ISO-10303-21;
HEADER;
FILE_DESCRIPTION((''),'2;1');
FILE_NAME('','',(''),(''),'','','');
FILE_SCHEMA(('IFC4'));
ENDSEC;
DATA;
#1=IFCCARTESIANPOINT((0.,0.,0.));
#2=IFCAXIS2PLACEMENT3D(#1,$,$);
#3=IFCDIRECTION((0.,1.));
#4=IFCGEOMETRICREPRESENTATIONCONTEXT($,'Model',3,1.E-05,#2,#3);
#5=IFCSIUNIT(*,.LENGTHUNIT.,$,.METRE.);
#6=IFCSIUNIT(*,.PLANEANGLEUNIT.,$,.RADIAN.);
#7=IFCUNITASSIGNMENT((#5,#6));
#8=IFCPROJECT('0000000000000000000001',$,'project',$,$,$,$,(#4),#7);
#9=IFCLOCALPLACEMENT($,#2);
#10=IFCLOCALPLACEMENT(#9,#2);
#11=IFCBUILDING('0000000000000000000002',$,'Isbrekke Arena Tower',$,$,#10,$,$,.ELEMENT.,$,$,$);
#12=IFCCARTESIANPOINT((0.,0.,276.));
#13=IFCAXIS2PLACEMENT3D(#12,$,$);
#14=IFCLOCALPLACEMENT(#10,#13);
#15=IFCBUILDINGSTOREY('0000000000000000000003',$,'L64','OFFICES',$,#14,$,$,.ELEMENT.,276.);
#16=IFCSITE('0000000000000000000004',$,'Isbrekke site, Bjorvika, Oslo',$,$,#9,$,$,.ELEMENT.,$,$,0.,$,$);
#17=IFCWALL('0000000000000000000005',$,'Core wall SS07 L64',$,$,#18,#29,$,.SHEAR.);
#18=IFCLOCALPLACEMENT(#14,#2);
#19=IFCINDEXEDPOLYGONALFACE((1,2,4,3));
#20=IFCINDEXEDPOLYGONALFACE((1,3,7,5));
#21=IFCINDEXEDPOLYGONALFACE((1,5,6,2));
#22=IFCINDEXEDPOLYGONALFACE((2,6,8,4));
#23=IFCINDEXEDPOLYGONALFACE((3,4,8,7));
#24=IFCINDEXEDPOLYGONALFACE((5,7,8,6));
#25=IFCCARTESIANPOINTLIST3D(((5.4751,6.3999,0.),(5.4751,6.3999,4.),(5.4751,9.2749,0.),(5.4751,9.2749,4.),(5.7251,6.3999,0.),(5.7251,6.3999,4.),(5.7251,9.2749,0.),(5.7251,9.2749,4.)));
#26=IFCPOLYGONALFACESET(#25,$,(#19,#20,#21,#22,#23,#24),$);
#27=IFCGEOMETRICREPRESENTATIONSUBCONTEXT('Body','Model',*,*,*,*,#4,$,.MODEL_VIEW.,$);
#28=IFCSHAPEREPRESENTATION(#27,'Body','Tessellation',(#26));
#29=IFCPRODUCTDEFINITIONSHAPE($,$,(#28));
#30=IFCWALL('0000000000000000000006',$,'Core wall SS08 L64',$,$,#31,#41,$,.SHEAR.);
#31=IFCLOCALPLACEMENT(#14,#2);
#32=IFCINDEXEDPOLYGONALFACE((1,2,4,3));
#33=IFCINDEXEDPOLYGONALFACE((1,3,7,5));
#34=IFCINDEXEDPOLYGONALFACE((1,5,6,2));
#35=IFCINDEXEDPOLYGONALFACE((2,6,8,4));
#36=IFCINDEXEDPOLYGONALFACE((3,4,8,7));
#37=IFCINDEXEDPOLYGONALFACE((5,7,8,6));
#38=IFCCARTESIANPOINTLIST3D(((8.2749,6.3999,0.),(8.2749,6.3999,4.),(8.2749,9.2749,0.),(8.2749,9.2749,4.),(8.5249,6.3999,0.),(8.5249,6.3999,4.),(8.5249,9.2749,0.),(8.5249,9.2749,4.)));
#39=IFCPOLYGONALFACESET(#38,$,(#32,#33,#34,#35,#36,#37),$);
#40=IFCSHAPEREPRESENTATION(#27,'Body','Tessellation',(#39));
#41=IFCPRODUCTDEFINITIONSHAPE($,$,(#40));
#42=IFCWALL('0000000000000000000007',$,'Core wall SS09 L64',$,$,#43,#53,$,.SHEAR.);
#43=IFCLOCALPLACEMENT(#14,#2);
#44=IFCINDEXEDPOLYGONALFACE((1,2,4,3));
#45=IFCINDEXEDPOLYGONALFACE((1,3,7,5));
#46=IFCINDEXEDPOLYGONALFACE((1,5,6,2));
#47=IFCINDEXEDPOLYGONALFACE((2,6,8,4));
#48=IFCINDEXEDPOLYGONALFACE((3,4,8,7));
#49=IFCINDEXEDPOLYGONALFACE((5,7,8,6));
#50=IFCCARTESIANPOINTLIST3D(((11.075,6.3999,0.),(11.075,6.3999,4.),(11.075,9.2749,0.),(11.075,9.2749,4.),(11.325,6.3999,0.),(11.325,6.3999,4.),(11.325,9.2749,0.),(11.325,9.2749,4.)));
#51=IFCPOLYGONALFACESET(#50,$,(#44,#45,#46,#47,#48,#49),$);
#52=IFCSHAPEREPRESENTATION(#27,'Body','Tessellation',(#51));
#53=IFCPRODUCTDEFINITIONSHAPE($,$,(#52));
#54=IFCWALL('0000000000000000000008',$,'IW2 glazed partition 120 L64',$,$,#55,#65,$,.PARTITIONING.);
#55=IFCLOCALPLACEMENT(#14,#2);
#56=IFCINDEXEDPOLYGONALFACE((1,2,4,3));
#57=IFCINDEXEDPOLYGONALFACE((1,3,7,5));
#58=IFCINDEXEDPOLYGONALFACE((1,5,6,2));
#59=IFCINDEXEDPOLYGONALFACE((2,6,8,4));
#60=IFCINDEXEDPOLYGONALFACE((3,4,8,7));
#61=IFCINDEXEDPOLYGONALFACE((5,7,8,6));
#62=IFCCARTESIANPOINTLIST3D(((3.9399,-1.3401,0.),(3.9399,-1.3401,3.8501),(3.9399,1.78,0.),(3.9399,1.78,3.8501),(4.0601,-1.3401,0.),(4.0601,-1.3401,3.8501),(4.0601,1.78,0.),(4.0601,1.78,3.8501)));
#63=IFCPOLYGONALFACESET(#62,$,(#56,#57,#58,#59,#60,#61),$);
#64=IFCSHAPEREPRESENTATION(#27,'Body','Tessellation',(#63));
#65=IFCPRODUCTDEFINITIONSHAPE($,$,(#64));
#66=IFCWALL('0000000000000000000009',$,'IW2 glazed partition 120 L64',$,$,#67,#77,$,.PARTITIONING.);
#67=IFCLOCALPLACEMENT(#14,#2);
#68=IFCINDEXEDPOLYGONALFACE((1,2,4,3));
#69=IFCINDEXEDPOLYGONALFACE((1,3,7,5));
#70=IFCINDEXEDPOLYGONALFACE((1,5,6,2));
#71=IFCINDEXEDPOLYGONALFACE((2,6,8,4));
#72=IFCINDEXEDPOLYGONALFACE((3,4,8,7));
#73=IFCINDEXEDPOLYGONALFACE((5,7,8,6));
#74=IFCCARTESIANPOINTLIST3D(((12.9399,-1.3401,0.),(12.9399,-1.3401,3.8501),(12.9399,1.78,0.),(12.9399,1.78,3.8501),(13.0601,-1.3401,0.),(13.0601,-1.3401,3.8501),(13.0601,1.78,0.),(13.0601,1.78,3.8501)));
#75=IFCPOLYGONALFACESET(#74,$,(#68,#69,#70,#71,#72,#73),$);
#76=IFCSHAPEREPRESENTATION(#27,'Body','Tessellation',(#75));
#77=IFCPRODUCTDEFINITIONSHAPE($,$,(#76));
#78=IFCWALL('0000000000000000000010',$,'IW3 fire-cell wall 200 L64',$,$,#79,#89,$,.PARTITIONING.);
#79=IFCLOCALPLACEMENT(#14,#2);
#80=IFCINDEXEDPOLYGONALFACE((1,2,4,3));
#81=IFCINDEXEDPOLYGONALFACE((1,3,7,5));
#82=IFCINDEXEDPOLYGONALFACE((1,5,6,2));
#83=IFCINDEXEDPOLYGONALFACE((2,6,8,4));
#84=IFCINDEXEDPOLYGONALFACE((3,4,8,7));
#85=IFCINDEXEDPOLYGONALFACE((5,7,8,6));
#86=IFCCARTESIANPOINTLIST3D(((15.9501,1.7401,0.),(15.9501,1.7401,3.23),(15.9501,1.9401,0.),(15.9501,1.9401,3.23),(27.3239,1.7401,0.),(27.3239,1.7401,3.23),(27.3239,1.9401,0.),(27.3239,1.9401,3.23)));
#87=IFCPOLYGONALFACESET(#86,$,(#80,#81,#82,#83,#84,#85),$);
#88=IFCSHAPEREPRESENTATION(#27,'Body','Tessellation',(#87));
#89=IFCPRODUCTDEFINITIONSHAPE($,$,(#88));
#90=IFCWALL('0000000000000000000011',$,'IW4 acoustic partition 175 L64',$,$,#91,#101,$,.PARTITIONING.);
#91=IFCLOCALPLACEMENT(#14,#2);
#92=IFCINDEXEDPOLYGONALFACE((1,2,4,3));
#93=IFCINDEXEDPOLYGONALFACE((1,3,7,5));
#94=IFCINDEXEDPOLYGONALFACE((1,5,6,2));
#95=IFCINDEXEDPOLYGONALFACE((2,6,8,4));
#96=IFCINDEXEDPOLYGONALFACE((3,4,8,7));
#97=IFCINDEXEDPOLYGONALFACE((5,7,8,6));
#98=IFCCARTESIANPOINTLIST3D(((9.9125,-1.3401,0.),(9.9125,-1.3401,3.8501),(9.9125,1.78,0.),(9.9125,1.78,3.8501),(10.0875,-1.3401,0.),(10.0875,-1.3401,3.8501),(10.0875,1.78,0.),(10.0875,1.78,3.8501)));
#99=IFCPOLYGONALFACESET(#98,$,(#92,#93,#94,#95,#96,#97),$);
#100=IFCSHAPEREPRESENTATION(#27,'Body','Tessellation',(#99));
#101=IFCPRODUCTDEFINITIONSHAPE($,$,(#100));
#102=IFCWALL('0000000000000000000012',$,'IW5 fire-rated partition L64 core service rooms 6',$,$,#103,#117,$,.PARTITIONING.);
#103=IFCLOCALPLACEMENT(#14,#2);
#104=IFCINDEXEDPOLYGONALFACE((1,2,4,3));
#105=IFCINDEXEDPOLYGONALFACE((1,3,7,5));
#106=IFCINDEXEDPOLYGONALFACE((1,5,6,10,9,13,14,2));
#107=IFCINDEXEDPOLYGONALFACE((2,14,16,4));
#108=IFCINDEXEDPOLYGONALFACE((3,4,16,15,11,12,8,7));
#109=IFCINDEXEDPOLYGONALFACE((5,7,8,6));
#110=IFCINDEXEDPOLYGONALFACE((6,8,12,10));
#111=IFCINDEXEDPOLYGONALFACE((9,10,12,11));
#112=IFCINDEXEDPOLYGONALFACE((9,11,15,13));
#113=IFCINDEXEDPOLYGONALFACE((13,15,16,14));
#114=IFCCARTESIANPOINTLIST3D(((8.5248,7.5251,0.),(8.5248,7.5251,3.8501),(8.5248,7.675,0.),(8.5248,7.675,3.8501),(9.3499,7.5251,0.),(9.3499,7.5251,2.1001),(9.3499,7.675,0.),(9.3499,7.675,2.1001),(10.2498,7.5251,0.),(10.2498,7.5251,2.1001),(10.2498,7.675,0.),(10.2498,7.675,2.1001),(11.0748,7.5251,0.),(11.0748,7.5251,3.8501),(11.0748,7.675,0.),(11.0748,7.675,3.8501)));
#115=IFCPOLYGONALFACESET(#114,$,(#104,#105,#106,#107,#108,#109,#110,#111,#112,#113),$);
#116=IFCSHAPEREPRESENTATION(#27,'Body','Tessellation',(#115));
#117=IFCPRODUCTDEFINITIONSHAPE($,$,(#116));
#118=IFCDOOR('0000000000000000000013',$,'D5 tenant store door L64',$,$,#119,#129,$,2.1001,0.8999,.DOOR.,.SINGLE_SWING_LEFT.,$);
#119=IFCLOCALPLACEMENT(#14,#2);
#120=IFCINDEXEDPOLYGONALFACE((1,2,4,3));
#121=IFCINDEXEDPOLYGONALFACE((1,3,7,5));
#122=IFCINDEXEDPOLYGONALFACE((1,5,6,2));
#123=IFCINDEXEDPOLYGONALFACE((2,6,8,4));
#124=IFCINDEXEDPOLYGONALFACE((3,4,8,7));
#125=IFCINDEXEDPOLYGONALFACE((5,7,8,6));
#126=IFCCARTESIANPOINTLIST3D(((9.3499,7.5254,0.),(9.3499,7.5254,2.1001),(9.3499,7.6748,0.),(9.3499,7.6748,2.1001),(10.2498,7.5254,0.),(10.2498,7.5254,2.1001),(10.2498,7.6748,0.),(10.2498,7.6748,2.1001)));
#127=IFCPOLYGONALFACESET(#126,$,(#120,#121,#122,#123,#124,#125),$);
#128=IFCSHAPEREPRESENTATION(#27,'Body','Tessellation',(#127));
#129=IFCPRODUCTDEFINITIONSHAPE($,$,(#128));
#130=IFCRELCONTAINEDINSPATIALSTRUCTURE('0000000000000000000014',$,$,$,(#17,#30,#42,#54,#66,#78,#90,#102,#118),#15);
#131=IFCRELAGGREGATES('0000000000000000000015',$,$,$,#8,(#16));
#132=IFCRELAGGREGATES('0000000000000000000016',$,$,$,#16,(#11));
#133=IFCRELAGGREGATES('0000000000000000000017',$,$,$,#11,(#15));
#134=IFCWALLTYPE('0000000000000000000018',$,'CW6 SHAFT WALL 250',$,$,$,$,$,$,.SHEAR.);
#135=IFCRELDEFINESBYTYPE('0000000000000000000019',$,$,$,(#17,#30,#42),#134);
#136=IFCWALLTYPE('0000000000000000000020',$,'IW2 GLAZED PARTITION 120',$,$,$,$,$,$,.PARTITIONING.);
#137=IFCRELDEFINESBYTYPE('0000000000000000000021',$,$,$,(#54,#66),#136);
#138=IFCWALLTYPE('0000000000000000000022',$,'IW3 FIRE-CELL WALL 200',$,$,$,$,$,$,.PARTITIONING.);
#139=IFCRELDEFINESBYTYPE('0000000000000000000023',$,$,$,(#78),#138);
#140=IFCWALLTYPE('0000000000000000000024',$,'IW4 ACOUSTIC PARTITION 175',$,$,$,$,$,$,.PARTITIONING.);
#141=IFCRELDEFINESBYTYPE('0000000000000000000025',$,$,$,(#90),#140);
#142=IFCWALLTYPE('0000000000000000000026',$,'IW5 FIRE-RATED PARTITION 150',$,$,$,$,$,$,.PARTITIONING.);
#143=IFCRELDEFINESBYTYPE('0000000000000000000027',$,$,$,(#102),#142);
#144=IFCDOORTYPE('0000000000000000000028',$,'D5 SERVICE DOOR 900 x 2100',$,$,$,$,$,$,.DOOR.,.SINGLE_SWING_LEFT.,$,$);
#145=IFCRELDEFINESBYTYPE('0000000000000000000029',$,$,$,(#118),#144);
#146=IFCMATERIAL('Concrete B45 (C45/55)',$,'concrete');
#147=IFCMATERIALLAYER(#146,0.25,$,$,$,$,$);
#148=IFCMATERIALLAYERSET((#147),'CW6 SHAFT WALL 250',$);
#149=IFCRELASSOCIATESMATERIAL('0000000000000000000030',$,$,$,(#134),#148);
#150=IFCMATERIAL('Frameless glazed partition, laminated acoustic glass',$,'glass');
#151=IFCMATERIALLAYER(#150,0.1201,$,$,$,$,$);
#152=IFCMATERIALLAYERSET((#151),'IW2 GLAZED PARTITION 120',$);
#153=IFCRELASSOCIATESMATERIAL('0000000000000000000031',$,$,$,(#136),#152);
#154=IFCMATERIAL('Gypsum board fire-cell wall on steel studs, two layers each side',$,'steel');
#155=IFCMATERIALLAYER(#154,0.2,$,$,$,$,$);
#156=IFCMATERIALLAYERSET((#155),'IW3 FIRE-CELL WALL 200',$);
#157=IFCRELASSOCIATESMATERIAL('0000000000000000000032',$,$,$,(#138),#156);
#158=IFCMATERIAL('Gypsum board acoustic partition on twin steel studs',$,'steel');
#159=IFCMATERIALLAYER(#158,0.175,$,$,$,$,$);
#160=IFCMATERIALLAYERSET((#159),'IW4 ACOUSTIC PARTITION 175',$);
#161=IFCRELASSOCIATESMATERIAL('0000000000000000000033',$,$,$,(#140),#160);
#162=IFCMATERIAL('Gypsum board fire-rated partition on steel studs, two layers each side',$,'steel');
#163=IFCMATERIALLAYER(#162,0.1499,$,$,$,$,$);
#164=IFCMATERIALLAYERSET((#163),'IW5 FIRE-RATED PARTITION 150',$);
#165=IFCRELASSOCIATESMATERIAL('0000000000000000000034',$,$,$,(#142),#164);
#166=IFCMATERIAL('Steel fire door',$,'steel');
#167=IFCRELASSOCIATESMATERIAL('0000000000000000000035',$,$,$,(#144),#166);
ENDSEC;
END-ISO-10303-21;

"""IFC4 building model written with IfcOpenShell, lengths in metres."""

from ifc_helpers import new_model, si_unit, direction, frame, frame_2d, origin, place, context, subcontext, project, spatial, rectangle, extrude, material, layer, layer_set, type_object, element, fill, save


model = new_model("IFC4")

# Units and contexts
model_context = context("Model", 3, precision=1e-05, world=origin(), true_north=direction((0.0, 1.0)))
body_context = subcontext(model_context, "Body", "Model", "MODEL_VIEW")
ifc_project = project(units=[si_unit("LENGTHUNIT", "METRE"), si_unit("PLANEANGLEUNIT", "RADIAN")], contexts=[model_context])

# Site, building, storey
site_placement = place(None, origin())
site = spatial("IfcSite", under=ifc_project, at=site_placement, Name="Isbrekke site, Bjorvika, Oslo", CompositionType="ELEMENT", RefElevation=0.0)
building_placement = place(site_placement, origin())
building = spatial("IfcBuilding", under=site, at=building_placement, Name="Isbrekke Arena Tower", CompositionType="ELEMENT")
storey_placement = place(building_placement, frame((0.0, 0.0, 276.0)))
storey = spatial("IfcBuildingStorey", under=building, at=storey_placement, Name="L64", Description="OFFICES", CompositionType="ELEMENT", Elevation=276.0)

# Walls
ifc_material_1 = material(Name="Concrete B45 (C45/55)", Category="concrete")
ifc_layer_1 = layer(ifc_material_1, 0.25)
ifc_layer_set_1 = layer_set([ifc_layer_1], Name="CW6 SHAFT WALL 250")
wall_type_1 = type_object("IfcWallType", Name="CW6 SHAFT WALL 250", PredefinedType="SHEAR", material=ifc_layer_set_1)
for number, where, z_axis, x_axis, name in (
    (1, (5.6001, 6.3999, 0.0), (0.0, 0.0, 1.0), (0.0, 1.0, 0.0), "Core wall SS07 L64"),
    (2, (8.3999, 6.3999, 0.0), (0.0, 0.0, 1.0), (0.0, 1.0, 0.0), "Core wall SS08 L64"),
    (3, (11.2, 6.3999, 0.0), (0.0, 0.0, 1.0), (0.0, 1.0, 0.0), "Core wall SS09 L64"),
):
    element("IfcWall", number, at=place(storey_placement, frame(where, z_axis=z_axis, x_axis=x_axis)), inside=storey, type_object=wall_type_1, Name=name, PredefinedType="SHEAR", context=body_context, shape_type="SweptSolid", body=[
        extrude(rectangle(XDim=2.875, YDim=0.25, at=frame_2d((1.4375, 0.0))), origin(), (0.0, 0.0, 1.0), 4.0),
    ])
ifc_material_2 = material(Name="Frameless glazed partition, laminated acoustic glass", Category="glass")
ifc_layer_2 = layer(ifc_material_2, 0.1201)
ifc_layer_set_2 = layer_set([ifc_layer_2], Name="IW2 GLAZED PARTITION 120")
wall_type_2 = type_object("IfcWallType", Name="IW2 GLAZED PARTITION 120", PredefinedType="PARTITIONING", material=ifc_layer_set_2)
for number, where, z_axis, x_axis, name in (
    (4, (4.0, -1.3401, 0.0), (0.0, 0.0, 1.0), (0.0, 1.0, 0.0), "IW2 glazed partition 120 L64"),
    (5, (13.0, -1.3401, 0.0), (0.0, 0.0, 1.0), (0.0, 1.0, 0.0), "IW2 glazed partition 120 L64"),
):
    element("IfcWall", number, at=place(storey_placement, frame(where, z_axis=z_axis, x_axis=x_axis)), inside=storey, type_object=wall_type_2, Name=name, PredefinedType="PARTITIONING", context=body_context, shape_type="SweptSolid", body=[
        extrude(rectangle(XDim=3.1201, YDim=0.1201, at=frame_2d((1.5601, 0.0))), origin(), (0.0, 0.0, 1.0), 3.8501),
    ])
ifc_material_3 = material(Name="Gypsum board fire-cell wall on steel studs, two layers each side", Category="steel")
ifc_layer_3 = layer(ifc_material_3, 0.2)
ifc_layer_set_3 = layer_set([ifc_layer_3], Name="IW3 FIRE-CELL WALL 200")
wall_type_3 = type_object("IfcWallType", Name="IW3 FIRE-CELL WALL 200", PredefinedType="PARTITIONING", material=ifc_layer_set_3)
wall_1_placement = place(storey_placement, frame((15.95, 1.8401, 0.0), z_axis=(0.0, 0.0, 1.0), x_axis=(1.0, 0.0, 0.0)))
element("IfcWall", 6, at=wall_1_placement, inside=storey, type_object=wall_type_3, Name="IW3 fire-cell wall 200 L64", PredefinedType="PARTITIONING", context=body_context, shape_type="SweptSolid", body=[
    extrude(rectangle(XDim=11.3738, YDim=0.2, at=frame_2d((5.687, 0.0))), origin(), (0.0, 0.0, 1.0), 3.23),
])
ifc_material_4 = material(Name="Gypsum board acoustic partition on twin steel studs", Category="steel")
ifc_layer_4 = layer(ifc_material_4, 0.175)
ifc_layer_set_4 = layer_set([ifc_layer_4], Name="IW4 ACOUSTIC PARTITION 175")
wall_type_4 = type_object("IfcWallType", Name="IW4 ACOUSTIC PARTITION 175", PredefinedType="PARTITIONING", material=ifc_layer_set_4)
wall_2_placement = place(storey_placement, frame((10.0, -1.3401, 0.0), z_axis=(0.0, 0.0, 1.0), x_axis=(0.0, 1.0, 0.0)))
element("IfcWall", 7, at=wall_2_placement, inside=storey, type_object=wall_type_4, Name="IW4 acoustic partition 175 L64", PredefinedType="PARTITIONING", context=body_context, shape_type="SweptSolid", body=[
    extrude(rectangle(XDim=3.1201, YDim=0.175, at=frame_2d((1.5601, 0.0))), origin(), (0.0, 0.0, 1.0), 3.8501),
])

# Wall, opening, door
ifc_material_5 = material(Name="Gypsum board fire-rated partition on steel studs, two layers each side", Category="steel")
ifc_layer_5 = layer(ifc_material_5, 0.1499)
ifc_layer_set_5 = layer_set([ifc_layer_5], Name="IW5 FIRE-RATED PARTITION 150")
wall_type_5 = type_object("IfcWallType", Name="IW5 FIRE-RATED PARTITION 150", PredefinedType="PARTITIONING", material=ifc_layer_set_5)
wall_3_placement = place(storey_placement, frame((8.5249, 7.6001, 0.0), z_axis=(0.0, 0.0, 1.0), x_axis=(1.0, 0.0, 0.0)))
wall_3 = element("IfcWall", 8, at=wall_3_placement, inside=storey, type_object=wall_type_5, Name="IW5 fire-rated partition L64 core service rooms 6", PredefinedType="PARTITIONING", context=body_context, shape_type="SweptSolid", body=[
    extrude(rectangle(XDim=2.55, YDim=0.1499, at=frame_2d((1.2749, 0.0))), origin(), (0.0, 0.0, 1.0), 3.8501),
])
opening_1_placement = place(wall_3_placement, frame((0.825, 0.0, 0.0)))
opening_1 = element("IfcOpeningElement", 9, at=opening_1_placement, cuts=wall_3, PredefinedType="OPENING", context=body_context, shape_type="SweptSolid", body=[
    extrude(rectangle(XDim=0.8999, YDim=2.1001, at=frame_2d((0.45, 1.05))), frame((0.0, 0.0898, 0.0), z_axis=(0.0, -1.0, 0.0), x_axis=(1.0, 0.0, 0.0)), (0.0, 0.0, 1.0), 0.1797),
])
ifc_material_6 = material(Name="Steel fire door", Category="steel")
door_type_1 = type_object("IfcDoorType", Name="D5 SERVICE DOOR 900 x 2100", OperationType="SINGLE_SWING_LEFT", PredefinedType="DOOR", material=ifc_material_6)
door_1_placement = place(opening_1_placement, origin())
door_1 = element("IfcDoor", 10, at=door_1_placement, inside=storey, type_object=door_type_1, Name="D5 tenant store door L64", OperationType="SINGLE_SWING_LEFT", OverallHeight=2.1001, OverallWidth=0.8999, PredefinedType="DOOR", context=body_context, shape_type="SweptSolid", body=[
    extrude(rectangle(XDim=0.8999, YDim=2.1001, at=frame_2d((0.45, 1.05))), frame((0.0, 0.0747, 0.0), z_axis=(0.0, -1.0, 0.0), x_axis=(1.0, 0.0, 0.0)), (0.0, 0.0, 1.0), 0.1494),
])
fill(opening_1, door_1)

save(model, "model.ifc")
